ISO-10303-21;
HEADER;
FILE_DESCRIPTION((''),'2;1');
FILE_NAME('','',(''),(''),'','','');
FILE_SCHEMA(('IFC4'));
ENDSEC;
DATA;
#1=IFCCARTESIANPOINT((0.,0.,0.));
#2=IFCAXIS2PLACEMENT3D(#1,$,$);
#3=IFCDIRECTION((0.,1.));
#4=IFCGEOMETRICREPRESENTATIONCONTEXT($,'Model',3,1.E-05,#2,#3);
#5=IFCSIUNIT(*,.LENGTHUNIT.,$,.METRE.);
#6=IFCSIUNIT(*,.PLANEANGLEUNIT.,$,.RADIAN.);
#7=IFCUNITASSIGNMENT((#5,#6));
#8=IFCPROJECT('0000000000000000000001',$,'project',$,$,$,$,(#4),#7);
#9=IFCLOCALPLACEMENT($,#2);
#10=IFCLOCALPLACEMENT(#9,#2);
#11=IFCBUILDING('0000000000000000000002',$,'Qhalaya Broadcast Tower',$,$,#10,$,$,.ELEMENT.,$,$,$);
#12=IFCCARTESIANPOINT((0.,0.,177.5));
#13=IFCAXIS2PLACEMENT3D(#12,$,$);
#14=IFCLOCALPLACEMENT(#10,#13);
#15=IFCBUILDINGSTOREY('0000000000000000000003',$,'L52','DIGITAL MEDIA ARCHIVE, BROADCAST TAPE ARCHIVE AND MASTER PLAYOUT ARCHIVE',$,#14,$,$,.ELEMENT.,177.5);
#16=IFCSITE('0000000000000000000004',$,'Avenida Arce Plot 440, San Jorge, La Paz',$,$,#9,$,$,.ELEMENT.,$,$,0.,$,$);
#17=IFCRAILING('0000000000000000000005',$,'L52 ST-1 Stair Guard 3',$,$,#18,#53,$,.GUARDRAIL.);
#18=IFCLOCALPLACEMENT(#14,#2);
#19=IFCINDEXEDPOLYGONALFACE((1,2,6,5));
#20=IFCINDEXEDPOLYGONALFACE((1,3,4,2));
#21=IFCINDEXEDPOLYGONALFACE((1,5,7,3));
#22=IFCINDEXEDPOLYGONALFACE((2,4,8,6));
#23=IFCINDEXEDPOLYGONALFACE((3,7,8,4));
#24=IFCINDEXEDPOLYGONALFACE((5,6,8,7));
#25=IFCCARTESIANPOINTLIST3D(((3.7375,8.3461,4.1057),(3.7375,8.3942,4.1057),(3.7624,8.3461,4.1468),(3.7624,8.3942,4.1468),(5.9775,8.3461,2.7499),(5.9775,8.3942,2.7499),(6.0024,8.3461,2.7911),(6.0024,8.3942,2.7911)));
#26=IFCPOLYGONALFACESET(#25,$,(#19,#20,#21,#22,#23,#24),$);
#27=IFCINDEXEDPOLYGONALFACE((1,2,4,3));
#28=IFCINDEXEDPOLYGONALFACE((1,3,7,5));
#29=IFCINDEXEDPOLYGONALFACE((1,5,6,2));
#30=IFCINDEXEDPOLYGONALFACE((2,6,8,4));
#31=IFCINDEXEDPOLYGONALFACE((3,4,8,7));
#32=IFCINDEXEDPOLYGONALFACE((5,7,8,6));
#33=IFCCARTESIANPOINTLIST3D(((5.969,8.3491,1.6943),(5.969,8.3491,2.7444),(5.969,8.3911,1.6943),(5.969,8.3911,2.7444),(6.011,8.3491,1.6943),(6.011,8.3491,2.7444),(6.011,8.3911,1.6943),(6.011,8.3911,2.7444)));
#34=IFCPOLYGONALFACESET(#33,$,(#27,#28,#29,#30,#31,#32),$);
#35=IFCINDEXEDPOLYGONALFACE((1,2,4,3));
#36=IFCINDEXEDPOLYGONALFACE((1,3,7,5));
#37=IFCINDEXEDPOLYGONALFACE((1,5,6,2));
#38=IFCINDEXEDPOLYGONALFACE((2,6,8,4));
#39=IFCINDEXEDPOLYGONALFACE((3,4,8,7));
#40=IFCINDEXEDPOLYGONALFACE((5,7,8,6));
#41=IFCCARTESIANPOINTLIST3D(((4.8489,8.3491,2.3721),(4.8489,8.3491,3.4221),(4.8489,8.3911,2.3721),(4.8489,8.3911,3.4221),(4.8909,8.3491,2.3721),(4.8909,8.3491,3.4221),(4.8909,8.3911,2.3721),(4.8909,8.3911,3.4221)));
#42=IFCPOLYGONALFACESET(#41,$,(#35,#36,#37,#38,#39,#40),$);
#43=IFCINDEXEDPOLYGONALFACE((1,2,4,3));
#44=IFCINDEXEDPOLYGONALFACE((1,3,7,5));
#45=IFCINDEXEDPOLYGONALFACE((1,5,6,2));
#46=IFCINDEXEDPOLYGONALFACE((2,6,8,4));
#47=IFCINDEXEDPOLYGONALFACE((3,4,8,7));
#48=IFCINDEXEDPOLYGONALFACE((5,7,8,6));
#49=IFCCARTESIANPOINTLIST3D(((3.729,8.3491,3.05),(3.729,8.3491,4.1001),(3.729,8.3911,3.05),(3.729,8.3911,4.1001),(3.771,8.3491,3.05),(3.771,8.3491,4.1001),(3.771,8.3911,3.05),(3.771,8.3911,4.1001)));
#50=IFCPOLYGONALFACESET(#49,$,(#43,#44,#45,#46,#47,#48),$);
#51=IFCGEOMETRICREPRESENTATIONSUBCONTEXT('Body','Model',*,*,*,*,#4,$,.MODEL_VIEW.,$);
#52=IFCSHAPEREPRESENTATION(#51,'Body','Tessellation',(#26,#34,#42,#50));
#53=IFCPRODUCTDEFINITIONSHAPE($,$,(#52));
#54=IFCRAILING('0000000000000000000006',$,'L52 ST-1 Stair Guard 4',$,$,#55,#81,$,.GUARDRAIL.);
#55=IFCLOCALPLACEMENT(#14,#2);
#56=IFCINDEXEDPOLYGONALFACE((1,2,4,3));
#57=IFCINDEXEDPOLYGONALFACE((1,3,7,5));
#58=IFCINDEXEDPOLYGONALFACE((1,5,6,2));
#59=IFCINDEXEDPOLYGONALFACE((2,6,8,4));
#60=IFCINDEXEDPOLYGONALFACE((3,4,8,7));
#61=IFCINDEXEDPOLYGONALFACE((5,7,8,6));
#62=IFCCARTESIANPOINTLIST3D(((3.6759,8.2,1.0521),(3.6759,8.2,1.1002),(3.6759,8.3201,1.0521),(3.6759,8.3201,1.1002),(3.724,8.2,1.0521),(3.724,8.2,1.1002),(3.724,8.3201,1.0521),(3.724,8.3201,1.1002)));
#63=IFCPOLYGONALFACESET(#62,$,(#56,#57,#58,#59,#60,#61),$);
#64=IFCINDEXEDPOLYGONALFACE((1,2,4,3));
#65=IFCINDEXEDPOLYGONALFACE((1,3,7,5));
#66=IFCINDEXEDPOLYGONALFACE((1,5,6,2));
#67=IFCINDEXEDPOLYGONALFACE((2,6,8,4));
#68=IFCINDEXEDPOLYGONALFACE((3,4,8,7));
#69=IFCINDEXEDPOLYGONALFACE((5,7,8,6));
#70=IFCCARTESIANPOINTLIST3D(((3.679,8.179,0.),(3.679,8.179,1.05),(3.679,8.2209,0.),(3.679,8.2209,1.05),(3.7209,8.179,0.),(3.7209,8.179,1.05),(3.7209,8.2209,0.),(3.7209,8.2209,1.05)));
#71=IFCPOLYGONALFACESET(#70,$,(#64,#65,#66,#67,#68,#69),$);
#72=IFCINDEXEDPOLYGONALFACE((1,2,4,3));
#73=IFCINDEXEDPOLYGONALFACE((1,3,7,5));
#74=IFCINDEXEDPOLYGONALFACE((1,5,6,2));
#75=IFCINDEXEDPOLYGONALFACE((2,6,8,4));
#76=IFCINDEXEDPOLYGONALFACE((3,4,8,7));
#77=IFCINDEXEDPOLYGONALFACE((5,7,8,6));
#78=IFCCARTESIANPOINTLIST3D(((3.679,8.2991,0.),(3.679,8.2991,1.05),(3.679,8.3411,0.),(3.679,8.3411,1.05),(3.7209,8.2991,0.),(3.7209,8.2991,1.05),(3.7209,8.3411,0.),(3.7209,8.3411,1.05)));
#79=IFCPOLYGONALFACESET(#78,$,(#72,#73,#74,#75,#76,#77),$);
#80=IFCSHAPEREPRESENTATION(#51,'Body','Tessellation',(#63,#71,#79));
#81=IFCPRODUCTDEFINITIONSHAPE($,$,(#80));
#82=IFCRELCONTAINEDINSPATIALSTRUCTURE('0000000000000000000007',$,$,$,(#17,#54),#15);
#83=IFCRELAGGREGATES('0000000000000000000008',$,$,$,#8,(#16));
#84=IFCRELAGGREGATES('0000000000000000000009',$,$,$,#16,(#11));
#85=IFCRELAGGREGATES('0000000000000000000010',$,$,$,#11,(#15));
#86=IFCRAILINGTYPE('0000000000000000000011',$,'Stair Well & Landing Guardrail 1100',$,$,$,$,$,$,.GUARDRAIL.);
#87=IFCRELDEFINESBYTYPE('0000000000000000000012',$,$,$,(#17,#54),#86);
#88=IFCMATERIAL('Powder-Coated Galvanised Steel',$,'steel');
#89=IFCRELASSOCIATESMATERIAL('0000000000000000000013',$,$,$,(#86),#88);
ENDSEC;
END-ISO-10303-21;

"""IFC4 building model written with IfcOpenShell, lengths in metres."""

from ifc_helpers import new_model, si_unit, direction, frame, origin, origin_2d, place, context, subcontext, project, spatial, rectangle, extrude, material, type_object, element, save


model = new_model("IFC4")

# Units and contexts
model_context = context("Model", 3, precision=1e-05, world=origin(), true_north=direction((0.0, 1.0)))
body_context = subcontext(model_context, "Body", "Model", "MODEL_VIEW")
ifc_project = project(units=[si_unit("LENGTHUNIT", "METRE"), si_unit("PLANEANGLEUNIT", "RADIAN")], contexts=[model_context])

# Site, building, storey
site_placement = place(None, origin())
site = spatial("IfcSite", under=ifc_project, at=site_placement, Name="Avenida Arce Plot 440, San Jorge, La Paz", CompositionType="ELEMENT", RefElevation=0.0)
building_placement = place(site_placement, origin())
building = spatial("IfcBuilding", under=site, at=building_placement, Name="Qhalaya Broadcast Tower", CompositionType="ELEMENT")
storey_placement = place(building_placement, frame((0.0, 0.0, 177.5)))
storey = spatial("IfcBuildingStorey", under=building, at=storey_placement, Name="L52", Description="DIGITAL MEDIA ARCHIVE, BROADCAST TAPE ARCHIVE AND MASTER PLAYOUT ARCHIVE", CompositionType="ELEMENT", Elevation=177.5)

# Railings
ifc_material_1 = material(Name="Powder-Coated Galvanised Steel", Category="steel")
railing_type_1 = type_object("IfcRailingType", Name="Stair Well & Landing Guardrail 1100", PredefinedType="GUARDRAIL", material=ifc_material_1)
railing_1_placement = place(storey_placement, frame((5.99, 8.3701, 1.6943)))
element("IfcRailing", 1, at=railing_1_placement, inside=storey, type_object=railing_type_1, Name="L52 ST-1 Stair Guard 3", PredefinedType="GUARDRAIL", context=body_context, shape_type="SweptSolid", body=[
    extrude(rectangle(XDim=0.0481, YDim=0.0481, at=origin_2d()), frame((0.0, 0.0, 1.0762), z_axis=(-0.855512, 0.0, 0.517783), x_axis=(0.0, -1.0, 0.0)), (0.0, 0.0, 1.0), 2.6184),
    extrude(rectangle(XDim=0.042, YDim=0.042, at=origin_2d()), origin(), (0.0, 0.0, 1.0), 1.05),
    extrude(rectangle(XDim=0.042, YDim=0.042, at=origin_2d()), frame((-1.1201, 0.0, 0.6777)), (0.0, 0.0, 1.0), 1.05),
    extrude(rectangle(XDim=0.042, YDim=0.042, at=origin_2d()), frame((-2.24, 0.0, 1.3557)), (0.0, 0.0, 1.0), 1.05),
])
railing_2_placement = place(storey_placement, frame((3.7, 8.2, 0.0)))
element("IfcRailing", 2, at=railing_2_placement, inside=storey, type_object=railing_type_1, Name="L52 ST-1 Stair Guard 4", PredefinedType="GUARDRAIL", context=body_context, shape_type="SweptSolid", body=[
    extrude(rectangle(XDim=0.0481, YDim=0.0481, at=origin_2d()), frame((0.0, 0.0, 1.0762), z_axis=(0.0, 1.0, 0.0), x_axis=(-1.0, 0.0, 0.0)), (0.0, 0.0, 1.0), 0.1201),
    extrude(rectangle(XDim=0.042, YDim=0.042, at=origin_2d()), origin(), (0.0, 0.0, 1.0), 1.05),
    extrude(rectangle(XDim=0.042, YDim=0.042, at=origin_2d()), frame((0.0, 0.1201, 0.0)), (0.0, 0.0, 1.0), 1.05),
])

save(model, "model.ifc")
